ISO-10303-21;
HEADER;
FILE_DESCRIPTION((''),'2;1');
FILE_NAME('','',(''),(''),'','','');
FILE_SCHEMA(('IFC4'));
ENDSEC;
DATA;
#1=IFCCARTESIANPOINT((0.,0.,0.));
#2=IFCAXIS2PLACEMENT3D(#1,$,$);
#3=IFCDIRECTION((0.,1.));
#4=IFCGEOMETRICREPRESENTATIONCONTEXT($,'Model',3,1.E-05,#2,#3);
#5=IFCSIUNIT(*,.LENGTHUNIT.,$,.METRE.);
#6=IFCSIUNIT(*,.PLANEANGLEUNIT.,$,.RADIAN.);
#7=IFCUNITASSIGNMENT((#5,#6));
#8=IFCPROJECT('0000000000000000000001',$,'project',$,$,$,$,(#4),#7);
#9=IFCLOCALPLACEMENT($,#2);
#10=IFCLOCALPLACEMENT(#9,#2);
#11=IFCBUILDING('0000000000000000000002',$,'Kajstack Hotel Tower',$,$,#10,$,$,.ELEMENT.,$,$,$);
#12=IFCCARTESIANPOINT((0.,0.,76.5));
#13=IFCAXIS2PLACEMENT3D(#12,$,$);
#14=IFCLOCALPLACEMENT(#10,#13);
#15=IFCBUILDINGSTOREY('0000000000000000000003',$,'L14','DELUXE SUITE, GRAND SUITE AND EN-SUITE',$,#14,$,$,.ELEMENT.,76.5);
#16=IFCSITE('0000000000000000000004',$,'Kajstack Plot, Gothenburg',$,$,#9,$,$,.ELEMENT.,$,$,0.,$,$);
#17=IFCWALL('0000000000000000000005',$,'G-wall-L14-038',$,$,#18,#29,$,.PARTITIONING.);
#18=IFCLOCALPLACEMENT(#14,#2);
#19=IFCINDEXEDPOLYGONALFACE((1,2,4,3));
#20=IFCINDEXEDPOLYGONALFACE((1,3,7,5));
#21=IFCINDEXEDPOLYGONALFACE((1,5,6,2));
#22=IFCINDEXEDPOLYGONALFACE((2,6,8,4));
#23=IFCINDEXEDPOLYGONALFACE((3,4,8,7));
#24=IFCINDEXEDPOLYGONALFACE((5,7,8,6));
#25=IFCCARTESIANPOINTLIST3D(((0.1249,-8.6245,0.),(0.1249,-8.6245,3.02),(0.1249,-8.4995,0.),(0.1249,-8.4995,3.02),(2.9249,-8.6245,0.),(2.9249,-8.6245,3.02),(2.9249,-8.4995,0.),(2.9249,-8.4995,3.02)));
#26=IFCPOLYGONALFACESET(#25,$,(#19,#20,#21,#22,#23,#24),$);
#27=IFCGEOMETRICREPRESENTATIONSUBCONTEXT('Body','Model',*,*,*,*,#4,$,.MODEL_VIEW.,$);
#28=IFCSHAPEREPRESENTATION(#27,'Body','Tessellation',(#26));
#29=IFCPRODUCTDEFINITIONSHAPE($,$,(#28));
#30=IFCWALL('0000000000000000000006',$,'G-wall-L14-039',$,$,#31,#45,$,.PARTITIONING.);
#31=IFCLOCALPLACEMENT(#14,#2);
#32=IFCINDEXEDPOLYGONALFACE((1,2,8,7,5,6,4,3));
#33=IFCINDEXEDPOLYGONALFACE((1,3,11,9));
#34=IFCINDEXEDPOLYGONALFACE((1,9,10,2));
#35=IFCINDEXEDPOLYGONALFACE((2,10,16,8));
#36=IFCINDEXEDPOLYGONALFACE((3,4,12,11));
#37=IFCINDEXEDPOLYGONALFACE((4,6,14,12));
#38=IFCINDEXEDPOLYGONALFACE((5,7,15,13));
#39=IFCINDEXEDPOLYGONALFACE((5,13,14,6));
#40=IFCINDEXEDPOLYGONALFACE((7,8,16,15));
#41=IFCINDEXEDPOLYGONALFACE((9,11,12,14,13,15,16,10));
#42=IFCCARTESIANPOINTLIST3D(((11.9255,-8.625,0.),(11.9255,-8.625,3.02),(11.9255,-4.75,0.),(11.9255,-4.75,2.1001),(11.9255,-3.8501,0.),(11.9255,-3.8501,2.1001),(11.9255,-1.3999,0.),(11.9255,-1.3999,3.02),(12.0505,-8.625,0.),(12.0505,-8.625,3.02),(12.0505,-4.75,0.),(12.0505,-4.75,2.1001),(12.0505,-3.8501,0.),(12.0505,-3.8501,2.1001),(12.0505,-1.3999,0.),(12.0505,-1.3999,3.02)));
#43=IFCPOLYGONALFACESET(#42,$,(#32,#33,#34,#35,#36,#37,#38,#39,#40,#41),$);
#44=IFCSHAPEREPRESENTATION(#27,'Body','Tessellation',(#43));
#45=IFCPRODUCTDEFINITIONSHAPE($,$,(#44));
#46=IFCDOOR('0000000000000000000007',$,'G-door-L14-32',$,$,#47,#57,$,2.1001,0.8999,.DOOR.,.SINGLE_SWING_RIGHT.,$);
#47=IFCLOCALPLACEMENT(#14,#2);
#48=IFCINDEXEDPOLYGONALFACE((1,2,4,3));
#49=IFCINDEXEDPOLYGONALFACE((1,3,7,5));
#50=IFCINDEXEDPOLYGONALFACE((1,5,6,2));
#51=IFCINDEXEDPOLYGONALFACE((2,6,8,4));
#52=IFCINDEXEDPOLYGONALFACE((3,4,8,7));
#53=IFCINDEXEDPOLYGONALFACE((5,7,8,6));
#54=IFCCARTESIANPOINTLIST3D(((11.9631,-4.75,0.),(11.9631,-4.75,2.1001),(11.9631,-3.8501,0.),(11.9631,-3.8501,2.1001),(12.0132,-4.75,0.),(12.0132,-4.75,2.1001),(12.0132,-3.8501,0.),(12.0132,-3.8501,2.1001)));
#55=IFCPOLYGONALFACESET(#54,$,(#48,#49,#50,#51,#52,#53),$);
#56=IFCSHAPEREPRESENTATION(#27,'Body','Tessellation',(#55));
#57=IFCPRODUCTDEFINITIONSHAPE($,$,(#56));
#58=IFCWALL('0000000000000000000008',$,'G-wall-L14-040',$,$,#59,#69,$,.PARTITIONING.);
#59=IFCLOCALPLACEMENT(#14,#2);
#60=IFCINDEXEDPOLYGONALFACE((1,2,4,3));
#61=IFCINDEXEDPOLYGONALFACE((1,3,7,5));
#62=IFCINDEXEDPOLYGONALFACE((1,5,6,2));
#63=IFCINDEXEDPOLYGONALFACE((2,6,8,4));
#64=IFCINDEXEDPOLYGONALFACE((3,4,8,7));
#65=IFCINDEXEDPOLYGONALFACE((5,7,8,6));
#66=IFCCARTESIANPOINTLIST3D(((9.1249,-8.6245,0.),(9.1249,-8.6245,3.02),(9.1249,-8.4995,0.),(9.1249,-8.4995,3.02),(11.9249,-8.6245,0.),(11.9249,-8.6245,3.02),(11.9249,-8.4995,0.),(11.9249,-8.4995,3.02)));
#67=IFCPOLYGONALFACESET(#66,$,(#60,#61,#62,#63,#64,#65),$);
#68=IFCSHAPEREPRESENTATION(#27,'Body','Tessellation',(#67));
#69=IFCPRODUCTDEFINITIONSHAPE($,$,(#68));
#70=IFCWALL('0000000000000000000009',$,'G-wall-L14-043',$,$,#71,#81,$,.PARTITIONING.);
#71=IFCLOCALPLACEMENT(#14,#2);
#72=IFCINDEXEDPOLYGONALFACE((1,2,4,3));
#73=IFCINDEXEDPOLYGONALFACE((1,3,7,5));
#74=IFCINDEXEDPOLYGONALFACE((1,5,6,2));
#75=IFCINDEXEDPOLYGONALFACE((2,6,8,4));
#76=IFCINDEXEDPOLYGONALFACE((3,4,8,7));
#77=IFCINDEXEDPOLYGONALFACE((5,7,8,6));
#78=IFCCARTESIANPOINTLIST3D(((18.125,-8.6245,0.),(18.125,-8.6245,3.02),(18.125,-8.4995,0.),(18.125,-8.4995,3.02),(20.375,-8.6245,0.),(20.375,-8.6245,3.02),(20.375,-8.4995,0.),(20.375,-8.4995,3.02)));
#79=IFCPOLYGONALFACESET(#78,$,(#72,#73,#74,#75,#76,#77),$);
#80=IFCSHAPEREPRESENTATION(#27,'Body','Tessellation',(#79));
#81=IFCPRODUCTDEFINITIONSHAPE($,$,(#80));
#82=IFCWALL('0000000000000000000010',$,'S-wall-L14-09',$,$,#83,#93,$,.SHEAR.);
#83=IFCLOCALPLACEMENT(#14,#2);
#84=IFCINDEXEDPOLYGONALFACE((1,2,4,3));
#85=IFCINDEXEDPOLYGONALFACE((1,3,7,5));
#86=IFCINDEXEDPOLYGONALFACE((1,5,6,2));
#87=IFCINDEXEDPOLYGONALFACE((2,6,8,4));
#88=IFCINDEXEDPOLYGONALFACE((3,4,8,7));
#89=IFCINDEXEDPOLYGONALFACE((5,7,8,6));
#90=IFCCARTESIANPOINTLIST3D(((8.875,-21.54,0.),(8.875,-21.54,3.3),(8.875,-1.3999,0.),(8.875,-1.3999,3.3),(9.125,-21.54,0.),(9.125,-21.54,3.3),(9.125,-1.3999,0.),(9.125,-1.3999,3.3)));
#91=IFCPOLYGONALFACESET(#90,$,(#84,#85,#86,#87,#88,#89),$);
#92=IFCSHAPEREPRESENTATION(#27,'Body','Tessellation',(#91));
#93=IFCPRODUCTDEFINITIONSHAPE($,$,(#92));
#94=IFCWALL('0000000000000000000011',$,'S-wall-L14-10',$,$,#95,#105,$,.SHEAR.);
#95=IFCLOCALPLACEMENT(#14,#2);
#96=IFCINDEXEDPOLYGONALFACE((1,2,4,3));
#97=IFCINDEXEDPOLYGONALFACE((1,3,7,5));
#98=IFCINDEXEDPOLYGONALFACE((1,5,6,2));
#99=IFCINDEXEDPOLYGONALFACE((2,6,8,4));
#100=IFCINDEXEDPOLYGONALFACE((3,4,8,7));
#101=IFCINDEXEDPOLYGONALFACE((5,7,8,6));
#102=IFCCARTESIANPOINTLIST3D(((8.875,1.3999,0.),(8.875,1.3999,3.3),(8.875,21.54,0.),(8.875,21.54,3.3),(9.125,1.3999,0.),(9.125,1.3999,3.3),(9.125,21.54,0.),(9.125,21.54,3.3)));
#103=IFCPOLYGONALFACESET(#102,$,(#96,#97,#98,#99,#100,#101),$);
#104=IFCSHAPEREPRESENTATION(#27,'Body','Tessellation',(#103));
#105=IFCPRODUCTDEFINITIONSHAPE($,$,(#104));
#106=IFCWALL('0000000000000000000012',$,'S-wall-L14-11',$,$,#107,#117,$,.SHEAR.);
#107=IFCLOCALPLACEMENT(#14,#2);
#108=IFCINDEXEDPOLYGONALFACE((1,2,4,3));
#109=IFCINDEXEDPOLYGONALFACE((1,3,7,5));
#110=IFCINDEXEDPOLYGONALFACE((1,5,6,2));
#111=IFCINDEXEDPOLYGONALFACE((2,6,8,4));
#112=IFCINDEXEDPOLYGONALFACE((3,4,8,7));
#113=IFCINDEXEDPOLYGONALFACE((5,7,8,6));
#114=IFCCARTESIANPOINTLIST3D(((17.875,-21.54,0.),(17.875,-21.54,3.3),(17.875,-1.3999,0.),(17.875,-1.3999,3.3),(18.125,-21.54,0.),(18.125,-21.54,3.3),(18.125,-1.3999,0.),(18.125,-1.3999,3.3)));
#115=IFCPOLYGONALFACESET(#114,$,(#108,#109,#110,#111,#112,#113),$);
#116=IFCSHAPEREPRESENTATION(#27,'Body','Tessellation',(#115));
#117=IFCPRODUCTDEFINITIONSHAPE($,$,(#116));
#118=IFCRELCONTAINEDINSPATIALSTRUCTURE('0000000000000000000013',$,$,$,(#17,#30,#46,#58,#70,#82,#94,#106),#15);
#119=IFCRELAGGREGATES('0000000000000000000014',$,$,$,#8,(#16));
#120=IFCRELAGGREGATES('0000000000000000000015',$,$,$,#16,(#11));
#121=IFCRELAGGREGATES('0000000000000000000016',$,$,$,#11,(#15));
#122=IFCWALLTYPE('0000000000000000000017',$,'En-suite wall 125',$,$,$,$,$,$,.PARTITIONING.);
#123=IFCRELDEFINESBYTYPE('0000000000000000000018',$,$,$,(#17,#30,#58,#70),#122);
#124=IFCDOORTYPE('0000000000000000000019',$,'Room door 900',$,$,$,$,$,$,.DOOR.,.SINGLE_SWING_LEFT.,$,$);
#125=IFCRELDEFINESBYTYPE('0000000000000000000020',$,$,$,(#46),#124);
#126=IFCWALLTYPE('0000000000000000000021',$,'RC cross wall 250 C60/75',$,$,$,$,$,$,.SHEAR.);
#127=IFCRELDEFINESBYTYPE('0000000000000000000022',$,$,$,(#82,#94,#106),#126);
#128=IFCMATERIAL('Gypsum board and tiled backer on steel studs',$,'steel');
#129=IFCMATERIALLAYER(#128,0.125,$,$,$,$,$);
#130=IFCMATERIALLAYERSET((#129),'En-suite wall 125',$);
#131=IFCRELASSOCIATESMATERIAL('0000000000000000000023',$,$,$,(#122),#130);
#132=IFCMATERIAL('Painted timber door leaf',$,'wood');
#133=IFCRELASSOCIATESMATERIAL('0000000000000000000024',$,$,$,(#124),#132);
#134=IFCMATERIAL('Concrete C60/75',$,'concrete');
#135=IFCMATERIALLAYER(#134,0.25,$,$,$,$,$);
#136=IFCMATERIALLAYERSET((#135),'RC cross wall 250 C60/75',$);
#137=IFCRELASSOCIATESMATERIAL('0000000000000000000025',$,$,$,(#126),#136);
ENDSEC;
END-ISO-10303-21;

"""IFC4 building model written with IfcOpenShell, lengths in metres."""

from ifc_helpers import new_model, si_unit, direction, frame, frame_2d, origin, place, context, subcontext, project, spatial, rectangle, extrude, material, layer, layer_set, type_object, element, fill, save


model = new_model("IFC4")

# Units and contexts
model_context = context("Model", 3, precision=1e-05, world=origin(), true_north=direction((0.0, 1.0)))
body_context = subcontext(model_context, "Body", "Model", "MODEL_VIEW")
ifc_project = project(units=[si_unit("LENGTHUNIT", "METRE"), si_unit("PLANEANGLEUNIT", "RADIAN")], contexts=[model_context])

# Site, building, storey
site_placement = place(None, origin())
site = spatial("IfcSite", under=ifc_project, at=site_placement, Name="Kajstack Plot, Gothenburg", CompositionType="ELEMENT", RefElevation=0.0)
building_placement = place(site_placement, origin())
building = spatial("IfcBuilding", under=site, at=building_placement, Name="Kajstack Hotel Tower", CompositionType="ELEMENT")
storey_placement = place(building_placement, frame((0.0, 0.0, 76.5)))
storey = spatial("IfcBuildingStorey", under=building, at=storey_placement, Name="L14", Description="DELUXE SUITE, GRAND SUITE AND EN-SUITE", CompositionType="ELEMENT", Elevation=76.5)

# Shared definitions
ifc_material_1 = material(Name="Concrete C60/75", Category="concrete")

# Shared definitions
ifc_material_2 = material(Name="Gypsum board and tiled backer on steel studs", Category="steel")
ifc_layer_1 = layer(ifc_material_2, 0.125)
ifc_layer_set_1 = layer_set([ifc_layer_1], Name="En-suite wall 125")
wall_type_1 = type_object("IfcWallType", Name="En-suite wall 125", PredefinedType="PARTITIONING", material=ifc_layer_set_1)
ifc_material_3 = material(Name="Painted timber door leaf", Category="wood")
door_type_1 = type_object("IfcDoorType", Name="Room door 900", OperationType="SINGLE_SWING_LEFT", PredefinedType="DOOR", material=ifc_material_3)

# Wall
wall_1_placement = place(storey_placement, frame((0.125, -8.562, 0.0), z_axis=(0.0, 0.0, 1.0), x_axis=(1.0, 0.0, 0.0)))
element("IfcWall", 1, at=wall_1_placement, inside=storey, type_object=wall_type_1, Name="G-wall-L14-038", PredefinedType="PARTITIONING", context=body_context, shape_type="SweptSolid", body=[
    extrude(rectangle(XDim=2.8, YDim=0.125, at=frame_2d((1.3999, 0.0))), origin(), (0.0, 0.0, 1.0), 3.02),
])

# Wall, opening, door
wall_2_placement = place(storey_placement, frame((11.988, -8.625, 0.0), z_axis=(0.0, 0.0, 1.0), x_axis=(0.0, 1.0, 0.0)))
wall_2 = element("IfcWall", 2, at=wall_2_placement, inside=storey, type_object=wall_type_1, Name="G-wall-L14-039", PredefinedType="PARTITIONING", context=body_context, shape_type="SweptSolid", body=[
    extrude(rectangle(XDim=7.2251, YDim=0.125, at=frame_2d((3.6125, 0.0))), origin(), (0.0, 0.0, 1.0), 3.02),
])
opening_1_placement = place(wall_2_placement, frame((3.875, 0.0, 0.0)))
opening_1 = element("IfcOpeningElement", 3, at=opening_1_placement, cuts=wall_2, PredefinedType="OPENING", context=body_context, shape_type="SweptSolid", body=[
    extrude(rectangle(XDim=0.8999, YDim=2.1001, at=frame_2d((0.45, 1.05))), frame((0.0, 0.0725, 0.0), z_axis=(0.0, -1.0, 0.0), x_axis=(1.0, 0.0, 0.0)), (0.0, 0.0, 1.0), 0.145),
])
door_1_placement = place(opening_1_placement, origin())
door_1 = element("IfcDoor", 4, at=door_1_placement, inside=storey, type_object=door_type_1, Name="G-door-L14-32", OperationType="SINGLE_SWING_RIGHT", OverallHeight=2.1001, OverallWidth=0.8999, PredefinedType="DOOR", context=body_context, shape_type="SweptSolid", body=[
    extrude(rectangle(XDim=0.8999, YDim=2.1001, at=frame_2d((0.45, 1.05))), frame((0.0, 0.0249, 0.0), z_axis=(0.0, -1.0, 0.0), x_axis=(1.0, 0.0, 0.0)), (0.0, 0.0, 1.0), 0.05),
])
fill(opening_1, door_1)

# Walls
wall_3_placement = place(storey_placement, frame((9.125, -8.562, 0.0), z_axis=(0.0, 0.0, 1.0), x_axis=(1.0, 0.0, 0.0)))
element("IfcWall", 5, at=wall_3_placement, inside=storey, type_object=wall_type_1, Name="G-wall-L14-040", PredefinedType="PARTITIONING", context=body_context, shape_type="SweptSolid", body=[
    extrude(rectangle(XDim=2.8, YDim=0.125, at=frame_2d((1.3999, 0.0))), origin(), (0.0, 0.0, 1.0), 3.02),
])
wall_4_placement = place(storey_placement, frame((18.125, -8.562, 0.0), z_axis=(0.0, 0.0, 1.0), x_axis=(1.0, 0.0, 0.0)))
element("IfcWall", 6, at=wall_4_placement, inside=storey, type_object=wall_type_1, Name="G-wall-L14-043", PredefinedType="PARTITIONING", context=body_context, shape_type="SweptSolid", body=[
    extrude(rectangle(XDim=2.25, YDim=0.125, at=frame_2d((1.125, 0.0))), origin(), (0.0, 0.0, 1.0), 3.02),
])
ifc_layer_2 = layer(ifc_material_1, 0.25)
ifc_layer_set_2 = layer_set([ifc_layer_2], Name="RC cross wall 250 C60/75")
wall_type_2 = type_object("IfcWallType", Name="RC cross wall 250 C60/75", PredefinedType="SHEAR", material=ifc_layer_set_2)
for number, where, z_axis, x_axis, name in (
    (7, (9.0, -21.54, 0.0), (0.0, 0.0, 1.0), (0.0, 1.0, 0.0), "S-wall-L14-09"),
    (8, (9.0, 1.3999, 0.0), (0.0, 0.0, 1.0), (0.0, 1.0, 0.0), "S-wall-L14-10"),
    (9, (18.0, -21.54, 0.0), (0.0, 0.0, 1.0), (0.0, 1.0, 0.0), "S-wall-L14-11"),
):
    element("IfcWall", number, at=place(storey_placement, frame(where, z_axis=z_axis, x_axis=x_axis)), inside=storey, type_object=wall_type_2, Name=name, PredefinedType="SHEAR", context=body_context, shape_type="SweptSolid", body=[
        extrude(rectangle(XDim=20.1401, YDim=0.25, at=frame_2d((10.0701, 0.0))), origin(), (0.0, 0.0, 1.0), 3.3),
    ])

save(model, "model.ifc")
